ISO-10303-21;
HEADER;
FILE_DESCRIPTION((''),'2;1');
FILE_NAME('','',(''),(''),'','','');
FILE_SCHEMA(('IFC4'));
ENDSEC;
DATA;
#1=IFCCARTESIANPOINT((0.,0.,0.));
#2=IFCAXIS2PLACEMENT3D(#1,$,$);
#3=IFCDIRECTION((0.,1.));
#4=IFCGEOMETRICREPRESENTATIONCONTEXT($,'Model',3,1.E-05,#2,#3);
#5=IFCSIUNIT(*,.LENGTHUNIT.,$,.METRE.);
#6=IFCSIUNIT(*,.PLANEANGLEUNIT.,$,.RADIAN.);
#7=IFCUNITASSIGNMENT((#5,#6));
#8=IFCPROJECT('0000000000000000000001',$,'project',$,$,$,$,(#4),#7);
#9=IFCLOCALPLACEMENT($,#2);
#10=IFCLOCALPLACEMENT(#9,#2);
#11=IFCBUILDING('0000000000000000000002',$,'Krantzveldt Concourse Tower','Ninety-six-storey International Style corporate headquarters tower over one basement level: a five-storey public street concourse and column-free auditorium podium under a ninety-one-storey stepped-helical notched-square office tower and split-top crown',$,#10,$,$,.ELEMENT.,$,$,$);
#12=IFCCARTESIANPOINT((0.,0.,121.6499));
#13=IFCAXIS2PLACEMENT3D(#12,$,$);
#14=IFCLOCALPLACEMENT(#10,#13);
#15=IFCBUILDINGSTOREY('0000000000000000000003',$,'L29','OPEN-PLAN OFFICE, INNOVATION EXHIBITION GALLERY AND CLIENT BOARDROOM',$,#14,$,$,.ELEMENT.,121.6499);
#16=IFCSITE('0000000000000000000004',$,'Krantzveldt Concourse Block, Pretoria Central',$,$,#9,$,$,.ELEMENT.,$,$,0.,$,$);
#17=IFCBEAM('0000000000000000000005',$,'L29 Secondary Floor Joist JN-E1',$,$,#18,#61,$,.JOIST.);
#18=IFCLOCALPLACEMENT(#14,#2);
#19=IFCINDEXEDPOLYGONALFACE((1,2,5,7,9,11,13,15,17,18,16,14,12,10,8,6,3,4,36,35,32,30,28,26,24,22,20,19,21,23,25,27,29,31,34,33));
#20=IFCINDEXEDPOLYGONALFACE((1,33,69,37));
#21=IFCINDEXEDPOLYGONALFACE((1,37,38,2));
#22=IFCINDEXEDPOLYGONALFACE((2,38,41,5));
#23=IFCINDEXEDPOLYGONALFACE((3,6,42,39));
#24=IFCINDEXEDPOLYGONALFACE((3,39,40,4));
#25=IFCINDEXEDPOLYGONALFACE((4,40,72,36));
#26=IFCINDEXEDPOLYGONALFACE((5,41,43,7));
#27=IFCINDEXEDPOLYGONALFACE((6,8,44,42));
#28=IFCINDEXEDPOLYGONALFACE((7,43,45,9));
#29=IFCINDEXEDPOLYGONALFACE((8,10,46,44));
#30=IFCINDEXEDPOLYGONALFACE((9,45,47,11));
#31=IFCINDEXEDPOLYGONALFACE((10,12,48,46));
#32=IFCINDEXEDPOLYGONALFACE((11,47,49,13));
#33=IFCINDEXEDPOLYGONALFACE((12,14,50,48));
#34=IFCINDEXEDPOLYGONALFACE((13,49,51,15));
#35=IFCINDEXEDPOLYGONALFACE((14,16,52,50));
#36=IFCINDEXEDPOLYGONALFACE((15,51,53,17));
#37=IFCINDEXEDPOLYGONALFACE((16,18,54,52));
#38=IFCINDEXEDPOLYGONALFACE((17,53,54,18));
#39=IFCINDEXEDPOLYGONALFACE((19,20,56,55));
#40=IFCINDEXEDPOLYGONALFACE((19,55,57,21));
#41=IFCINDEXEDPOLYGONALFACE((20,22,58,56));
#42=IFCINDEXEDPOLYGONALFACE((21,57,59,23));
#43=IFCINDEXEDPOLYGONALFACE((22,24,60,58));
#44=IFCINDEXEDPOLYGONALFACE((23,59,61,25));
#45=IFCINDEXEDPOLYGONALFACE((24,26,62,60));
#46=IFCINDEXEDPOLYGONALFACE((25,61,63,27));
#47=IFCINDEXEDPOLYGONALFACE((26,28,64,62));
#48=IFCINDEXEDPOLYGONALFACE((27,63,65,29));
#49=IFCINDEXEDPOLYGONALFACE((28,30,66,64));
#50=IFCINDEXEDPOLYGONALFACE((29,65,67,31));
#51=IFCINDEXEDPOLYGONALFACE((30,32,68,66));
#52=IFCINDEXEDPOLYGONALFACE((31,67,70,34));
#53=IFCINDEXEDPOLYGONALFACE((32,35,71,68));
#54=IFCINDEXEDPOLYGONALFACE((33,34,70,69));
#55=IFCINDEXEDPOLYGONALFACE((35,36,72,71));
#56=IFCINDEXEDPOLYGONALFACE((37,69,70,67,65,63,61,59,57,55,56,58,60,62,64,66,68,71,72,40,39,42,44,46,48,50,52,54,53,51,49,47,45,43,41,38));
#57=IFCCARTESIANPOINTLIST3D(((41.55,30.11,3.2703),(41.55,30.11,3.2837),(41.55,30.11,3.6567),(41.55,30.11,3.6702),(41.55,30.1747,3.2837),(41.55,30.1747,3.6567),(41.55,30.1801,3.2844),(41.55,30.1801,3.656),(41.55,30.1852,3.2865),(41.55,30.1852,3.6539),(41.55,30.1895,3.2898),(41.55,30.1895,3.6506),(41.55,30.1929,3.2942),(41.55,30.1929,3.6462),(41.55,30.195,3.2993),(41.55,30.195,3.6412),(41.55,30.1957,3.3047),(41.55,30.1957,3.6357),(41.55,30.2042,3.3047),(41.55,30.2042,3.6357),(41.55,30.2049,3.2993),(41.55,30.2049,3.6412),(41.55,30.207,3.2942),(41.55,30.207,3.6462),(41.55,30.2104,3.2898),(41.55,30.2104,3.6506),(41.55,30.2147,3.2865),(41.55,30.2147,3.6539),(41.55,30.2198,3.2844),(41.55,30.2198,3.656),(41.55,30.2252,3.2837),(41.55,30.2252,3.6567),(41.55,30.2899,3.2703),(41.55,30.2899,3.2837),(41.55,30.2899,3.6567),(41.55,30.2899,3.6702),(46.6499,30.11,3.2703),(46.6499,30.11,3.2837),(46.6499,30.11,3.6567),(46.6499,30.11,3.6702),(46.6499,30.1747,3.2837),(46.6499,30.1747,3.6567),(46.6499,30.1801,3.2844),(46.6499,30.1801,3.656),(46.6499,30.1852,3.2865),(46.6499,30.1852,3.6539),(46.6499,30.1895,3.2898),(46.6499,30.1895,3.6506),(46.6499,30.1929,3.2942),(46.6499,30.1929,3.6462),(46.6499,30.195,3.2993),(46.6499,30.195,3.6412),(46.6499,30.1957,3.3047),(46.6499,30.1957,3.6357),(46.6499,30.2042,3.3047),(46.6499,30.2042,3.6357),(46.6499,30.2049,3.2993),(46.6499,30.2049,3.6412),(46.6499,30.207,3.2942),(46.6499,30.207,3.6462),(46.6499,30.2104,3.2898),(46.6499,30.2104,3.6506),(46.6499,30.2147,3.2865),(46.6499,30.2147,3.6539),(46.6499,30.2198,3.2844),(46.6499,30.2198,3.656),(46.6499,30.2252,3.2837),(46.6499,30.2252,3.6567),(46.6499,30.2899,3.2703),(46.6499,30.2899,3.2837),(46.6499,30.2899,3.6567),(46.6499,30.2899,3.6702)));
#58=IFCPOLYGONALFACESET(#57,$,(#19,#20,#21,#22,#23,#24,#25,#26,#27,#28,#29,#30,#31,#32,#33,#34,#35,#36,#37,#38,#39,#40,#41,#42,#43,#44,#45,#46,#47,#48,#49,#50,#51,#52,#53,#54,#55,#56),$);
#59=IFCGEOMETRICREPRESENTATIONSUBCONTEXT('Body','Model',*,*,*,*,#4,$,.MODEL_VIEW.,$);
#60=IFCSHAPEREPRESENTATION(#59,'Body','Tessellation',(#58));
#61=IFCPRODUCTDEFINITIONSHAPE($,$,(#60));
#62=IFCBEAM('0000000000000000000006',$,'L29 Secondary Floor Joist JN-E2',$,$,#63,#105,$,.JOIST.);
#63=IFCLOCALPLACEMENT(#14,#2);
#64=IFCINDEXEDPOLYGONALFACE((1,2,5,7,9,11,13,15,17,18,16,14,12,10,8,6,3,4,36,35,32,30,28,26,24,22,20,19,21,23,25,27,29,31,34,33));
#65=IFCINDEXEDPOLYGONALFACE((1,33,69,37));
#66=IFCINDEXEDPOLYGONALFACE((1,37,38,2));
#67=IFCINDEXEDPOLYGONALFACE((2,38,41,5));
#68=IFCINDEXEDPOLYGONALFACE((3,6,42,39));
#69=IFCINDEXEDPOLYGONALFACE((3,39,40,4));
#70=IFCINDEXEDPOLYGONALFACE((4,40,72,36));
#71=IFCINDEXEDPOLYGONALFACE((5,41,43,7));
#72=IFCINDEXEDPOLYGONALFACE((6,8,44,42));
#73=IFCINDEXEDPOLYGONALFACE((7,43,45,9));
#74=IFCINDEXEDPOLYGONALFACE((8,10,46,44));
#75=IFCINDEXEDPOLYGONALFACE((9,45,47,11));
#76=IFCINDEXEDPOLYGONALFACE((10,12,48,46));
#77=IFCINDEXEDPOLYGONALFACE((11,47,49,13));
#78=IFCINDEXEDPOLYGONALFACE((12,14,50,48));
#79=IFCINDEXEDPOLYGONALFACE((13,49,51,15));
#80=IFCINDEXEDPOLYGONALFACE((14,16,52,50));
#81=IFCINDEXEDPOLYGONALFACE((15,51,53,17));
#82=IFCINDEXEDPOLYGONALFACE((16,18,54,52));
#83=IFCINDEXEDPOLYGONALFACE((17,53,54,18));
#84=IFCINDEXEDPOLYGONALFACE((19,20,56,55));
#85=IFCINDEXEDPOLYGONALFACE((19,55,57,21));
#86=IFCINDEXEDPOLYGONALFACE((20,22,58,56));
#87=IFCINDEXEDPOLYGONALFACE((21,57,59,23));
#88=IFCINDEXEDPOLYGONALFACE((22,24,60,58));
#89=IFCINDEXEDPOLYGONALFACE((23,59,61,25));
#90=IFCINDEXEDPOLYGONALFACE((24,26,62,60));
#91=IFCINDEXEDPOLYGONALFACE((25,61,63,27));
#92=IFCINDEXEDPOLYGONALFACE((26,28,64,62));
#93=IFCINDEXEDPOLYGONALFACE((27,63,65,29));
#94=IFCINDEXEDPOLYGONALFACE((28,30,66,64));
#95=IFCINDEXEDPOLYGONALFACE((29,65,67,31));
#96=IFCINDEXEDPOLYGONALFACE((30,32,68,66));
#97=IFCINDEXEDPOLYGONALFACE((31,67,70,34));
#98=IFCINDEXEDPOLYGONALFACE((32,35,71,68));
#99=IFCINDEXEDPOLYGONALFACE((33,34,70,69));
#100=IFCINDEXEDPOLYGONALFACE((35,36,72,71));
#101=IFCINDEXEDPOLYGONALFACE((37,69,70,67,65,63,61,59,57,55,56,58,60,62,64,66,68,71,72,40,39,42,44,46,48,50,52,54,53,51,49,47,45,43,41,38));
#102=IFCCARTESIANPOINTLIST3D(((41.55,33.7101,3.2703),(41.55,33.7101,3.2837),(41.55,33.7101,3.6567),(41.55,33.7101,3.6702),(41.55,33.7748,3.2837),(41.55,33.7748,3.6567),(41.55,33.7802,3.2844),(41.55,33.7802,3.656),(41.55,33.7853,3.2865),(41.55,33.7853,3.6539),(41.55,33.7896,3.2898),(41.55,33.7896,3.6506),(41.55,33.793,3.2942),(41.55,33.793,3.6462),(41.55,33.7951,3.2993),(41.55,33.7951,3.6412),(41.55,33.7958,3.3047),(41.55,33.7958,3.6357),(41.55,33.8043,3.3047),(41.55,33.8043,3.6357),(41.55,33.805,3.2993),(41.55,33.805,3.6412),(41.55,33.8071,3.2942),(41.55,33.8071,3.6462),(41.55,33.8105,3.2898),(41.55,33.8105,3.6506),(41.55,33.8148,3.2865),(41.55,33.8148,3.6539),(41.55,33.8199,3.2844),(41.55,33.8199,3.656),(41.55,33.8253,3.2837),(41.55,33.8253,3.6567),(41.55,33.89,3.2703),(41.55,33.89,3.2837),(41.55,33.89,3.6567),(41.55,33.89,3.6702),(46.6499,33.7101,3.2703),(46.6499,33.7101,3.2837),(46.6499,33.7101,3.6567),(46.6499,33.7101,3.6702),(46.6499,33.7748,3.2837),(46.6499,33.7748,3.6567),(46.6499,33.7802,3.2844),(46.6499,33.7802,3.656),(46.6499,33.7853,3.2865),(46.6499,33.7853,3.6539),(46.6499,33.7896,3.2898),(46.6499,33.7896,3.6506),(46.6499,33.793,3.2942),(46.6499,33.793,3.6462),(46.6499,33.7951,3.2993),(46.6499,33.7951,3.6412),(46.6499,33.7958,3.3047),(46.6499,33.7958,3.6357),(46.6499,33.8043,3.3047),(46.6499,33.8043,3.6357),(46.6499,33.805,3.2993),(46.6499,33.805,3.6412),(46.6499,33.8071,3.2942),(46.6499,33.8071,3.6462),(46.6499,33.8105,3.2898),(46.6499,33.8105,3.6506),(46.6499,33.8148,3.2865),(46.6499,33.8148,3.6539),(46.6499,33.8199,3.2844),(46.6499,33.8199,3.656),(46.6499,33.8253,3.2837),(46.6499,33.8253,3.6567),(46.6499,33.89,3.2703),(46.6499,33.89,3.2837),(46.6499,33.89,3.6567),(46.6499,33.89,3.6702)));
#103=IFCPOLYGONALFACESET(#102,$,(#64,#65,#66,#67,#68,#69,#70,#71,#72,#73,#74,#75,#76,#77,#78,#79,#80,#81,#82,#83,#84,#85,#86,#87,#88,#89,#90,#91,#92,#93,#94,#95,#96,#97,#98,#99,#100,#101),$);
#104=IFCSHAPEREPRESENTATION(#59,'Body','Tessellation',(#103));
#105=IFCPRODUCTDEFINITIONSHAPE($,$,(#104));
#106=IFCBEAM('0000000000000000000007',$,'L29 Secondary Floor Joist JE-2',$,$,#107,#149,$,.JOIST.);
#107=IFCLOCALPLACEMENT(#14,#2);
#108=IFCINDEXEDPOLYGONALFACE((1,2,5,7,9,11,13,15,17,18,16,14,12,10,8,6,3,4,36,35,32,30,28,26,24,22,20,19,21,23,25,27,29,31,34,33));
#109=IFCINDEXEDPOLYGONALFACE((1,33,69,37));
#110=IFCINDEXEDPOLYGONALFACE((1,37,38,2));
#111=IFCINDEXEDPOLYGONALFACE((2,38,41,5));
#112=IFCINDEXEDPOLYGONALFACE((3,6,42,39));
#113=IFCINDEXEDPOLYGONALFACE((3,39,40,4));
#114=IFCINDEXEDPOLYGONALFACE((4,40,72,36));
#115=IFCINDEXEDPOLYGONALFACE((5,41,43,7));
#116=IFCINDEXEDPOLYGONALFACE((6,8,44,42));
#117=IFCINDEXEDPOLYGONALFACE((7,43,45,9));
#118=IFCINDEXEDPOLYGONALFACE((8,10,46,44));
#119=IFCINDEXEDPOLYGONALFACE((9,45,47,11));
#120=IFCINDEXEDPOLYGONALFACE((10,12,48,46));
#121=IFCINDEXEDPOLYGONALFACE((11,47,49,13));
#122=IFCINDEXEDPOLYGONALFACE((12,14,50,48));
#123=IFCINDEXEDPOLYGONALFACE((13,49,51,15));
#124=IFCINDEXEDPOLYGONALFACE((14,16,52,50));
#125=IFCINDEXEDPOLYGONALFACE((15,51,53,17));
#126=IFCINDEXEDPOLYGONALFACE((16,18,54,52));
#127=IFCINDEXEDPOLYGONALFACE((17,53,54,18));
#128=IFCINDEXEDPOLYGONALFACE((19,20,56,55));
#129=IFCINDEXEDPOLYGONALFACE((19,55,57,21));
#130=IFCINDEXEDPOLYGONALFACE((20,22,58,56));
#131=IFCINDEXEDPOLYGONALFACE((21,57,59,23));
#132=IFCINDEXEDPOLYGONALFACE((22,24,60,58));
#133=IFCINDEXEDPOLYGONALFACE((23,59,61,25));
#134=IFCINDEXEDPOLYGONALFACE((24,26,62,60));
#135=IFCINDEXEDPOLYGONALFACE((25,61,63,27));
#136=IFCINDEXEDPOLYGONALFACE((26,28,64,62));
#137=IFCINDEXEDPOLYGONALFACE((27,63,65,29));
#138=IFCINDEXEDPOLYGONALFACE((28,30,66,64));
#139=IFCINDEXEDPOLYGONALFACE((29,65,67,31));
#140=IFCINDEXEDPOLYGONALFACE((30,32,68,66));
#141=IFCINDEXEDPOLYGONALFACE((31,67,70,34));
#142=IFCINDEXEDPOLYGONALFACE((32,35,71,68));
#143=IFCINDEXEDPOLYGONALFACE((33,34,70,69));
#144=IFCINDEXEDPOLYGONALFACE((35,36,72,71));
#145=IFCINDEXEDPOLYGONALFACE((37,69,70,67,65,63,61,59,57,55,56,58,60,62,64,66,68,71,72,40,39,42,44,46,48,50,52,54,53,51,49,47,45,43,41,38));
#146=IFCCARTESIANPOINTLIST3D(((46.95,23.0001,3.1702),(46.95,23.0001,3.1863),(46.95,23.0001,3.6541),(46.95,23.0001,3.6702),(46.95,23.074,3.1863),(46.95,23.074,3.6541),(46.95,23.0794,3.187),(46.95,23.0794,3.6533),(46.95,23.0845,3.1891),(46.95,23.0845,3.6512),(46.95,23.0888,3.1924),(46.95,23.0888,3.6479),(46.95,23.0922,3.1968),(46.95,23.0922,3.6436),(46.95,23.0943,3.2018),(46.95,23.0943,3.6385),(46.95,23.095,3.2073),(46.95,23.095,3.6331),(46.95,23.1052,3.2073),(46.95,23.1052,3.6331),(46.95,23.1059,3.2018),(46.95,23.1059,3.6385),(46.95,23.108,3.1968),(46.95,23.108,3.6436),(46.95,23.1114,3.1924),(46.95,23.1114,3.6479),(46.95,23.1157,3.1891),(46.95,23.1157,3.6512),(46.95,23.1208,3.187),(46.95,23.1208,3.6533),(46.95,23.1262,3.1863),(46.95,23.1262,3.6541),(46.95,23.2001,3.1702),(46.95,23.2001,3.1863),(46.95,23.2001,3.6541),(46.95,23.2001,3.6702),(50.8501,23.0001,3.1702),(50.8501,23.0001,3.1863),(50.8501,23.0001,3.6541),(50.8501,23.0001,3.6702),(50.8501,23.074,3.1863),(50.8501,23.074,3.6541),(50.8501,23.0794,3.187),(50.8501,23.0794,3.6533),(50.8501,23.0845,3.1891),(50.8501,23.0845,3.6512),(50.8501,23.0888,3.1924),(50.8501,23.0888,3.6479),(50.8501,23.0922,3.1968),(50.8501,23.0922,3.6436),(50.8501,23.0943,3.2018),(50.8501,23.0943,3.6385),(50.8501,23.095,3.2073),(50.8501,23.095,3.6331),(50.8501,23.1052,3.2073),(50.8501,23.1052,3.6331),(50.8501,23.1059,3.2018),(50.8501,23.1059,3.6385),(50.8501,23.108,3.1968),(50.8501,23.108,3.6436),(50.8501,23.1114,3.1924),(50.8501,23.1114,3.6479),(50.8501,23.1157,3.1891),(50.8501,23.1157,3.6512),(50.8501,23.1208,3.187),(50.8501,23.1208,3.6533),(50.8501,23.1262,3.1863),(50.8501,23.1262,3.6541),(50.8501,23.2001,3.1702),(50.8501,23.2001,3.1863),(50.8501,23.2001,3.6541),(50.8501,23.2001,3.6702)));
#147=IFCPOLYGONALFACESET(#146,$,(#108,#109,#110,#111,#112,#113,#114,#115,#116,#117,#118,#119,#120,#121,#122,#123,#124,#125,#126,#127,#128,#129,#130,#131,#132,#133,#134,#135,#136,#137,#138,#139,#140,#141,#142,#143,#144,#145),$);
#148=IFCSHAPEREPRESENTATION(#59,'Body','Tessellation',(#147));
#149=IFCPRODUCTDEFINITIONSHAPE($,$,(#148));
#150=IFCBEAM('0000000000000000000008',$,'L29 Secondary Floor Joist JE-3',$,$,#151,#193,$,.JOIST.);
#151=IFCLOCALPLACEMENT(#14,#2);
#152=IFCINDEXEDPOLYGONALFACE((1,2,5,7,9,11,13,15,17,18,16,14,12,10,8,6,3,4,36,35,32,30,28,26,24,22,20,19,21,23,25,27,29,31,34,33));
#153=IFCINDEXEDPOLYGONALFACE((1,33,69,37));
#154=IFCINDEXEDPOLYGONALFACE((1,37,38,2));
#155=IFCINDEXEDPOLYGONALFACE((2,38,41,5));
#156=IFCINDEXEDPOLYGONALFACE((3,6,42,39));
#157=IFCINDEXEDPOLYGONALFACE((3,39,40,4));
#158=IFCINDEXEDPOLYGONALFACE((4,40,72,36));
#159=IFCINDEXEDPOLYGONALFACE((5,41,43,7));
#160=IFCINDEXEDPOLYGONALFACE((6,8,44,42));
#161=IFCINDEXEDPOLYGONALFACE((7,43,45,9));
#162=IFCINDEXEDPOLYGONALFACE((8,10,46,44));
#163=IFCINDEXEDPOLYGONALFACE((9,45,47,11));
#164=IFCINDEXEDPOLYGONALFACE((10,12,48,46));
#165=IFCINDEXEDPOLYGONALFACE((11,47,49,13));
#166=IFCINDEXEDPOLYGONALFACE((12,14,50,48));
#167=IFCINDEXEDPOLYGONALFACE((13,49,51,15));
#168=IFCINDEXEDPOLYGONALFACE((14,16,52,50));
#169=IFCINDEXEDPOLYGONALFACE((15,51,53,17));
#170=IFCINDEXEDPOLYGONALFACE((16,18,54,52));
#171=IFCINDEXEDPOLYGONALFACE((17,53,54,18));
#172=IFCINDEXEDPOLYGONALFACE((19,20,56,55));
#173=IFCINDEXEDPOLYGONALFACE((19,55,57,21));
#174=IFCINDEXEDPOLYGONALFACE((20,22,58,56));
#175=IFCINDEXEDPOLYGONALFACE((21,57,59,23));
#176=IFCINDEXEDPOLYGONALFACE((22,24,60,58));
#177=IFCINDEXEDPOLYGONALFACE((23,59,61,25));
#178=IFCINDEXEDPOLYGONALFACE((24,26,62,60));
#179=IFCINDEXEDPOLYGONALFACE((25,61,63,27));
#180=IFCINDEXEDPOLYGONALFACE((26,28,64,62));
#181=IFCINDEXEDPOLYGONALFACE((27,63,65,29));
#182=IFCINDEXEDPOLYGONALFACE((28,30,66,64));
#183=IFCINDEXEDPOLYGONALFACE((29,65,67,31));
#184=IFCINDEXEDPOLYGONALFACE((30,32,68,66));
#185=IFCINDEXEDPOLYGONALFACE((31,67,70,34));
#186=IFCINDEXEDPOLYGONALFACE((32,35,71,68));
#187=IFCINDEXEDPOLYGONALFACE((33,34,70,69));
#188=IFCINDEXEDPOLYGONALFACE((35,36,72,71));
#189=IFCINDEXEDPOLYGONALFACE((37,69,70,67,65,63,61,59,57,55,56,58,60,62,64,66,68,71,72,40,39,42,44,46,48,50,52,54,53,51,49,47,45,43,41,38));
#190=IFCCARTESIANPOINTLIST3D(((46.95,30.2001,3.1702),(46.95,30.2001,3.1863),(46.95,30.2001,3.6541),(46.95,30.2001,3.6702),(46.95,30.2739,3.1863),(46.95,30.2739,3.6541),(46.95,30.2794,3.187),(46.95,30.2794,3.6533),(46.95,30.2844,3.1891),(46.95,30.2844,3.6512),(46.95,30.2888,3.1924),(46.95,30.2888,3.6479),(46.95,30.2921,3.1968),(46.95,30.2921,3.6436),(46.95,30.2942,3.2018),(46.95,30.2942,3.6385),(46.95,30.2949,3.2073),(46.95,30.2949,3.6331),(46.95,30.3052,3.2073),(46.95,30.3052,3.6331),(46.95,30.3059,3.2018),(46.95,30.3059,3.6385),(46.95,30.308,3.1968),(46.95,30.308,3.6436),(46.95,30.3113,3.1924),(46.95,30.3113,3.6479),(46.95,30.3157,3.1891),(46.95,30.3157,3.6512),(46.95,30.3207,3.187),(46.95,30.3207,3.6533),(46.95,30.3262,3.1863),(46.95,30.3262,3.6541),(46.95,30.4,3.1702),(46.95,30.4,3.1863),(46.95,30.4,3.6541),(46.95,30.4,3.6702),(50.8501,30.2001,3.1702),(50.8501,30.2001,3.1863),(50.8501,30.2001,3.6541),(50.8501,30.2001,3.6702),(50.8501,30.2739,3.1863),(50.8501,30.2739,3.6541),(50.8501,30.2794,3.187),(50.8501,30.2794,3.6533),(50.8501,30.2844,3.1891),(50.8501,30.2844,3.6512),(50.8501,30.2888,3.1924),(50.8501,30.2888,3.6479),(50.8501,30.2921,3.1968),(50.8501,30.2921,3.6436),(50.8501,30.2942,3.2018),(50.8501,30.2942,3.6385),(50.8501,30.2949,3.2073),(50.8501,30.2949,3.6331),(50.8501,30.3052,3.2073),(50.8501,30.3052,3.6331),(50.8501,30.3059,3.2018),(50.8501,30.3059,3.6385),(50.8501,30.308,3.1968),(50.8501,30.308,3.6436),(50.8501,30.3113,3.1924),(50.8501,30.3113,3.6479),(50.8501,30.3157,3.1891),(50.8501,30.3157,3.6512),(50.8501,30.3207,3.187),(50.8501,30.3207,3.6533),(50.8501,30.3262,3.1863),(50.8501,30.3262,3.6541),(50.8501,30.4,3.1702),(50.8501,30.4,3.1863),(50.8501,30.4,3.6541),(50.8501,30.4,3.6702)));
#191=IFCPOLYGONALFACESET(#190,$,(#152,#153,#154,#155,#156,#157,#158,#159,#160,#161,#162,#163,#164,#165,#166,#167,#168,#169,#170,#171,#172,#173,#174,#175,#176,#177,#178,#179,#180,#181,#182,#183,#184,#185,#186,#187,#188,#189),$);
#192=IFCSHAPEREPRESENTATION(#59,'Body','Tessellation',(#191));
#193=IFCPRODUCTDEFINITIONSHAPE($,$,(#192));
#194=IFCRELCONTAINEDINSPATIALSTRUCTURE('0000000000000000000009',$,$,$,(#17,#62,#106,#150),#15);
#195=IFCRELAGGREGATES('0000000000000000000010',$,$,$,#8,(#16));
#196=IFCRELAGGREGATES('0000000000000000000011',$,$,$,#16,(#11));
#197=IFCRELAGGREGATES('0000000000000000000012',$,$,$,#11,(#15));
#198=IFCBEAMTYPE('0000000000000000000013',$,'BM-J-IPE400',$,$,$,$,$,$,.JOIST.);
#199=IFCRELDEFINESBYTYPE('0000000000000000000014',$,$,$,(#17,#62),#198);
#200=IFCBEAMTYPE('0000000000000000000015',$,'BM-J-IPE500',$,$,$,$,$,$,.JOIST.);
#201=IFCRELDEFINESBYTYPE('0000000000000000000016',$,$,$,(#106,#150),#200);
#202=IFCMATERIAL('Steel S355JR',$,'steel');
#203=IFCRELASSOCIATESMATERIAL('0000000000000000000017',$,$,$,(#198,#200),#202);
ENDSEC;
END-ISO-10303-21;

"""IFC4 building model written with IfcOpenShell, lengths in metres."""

from ifc_helpers import new_model, si_unit, direction, frame, origin, origin_2d, place, context, subcontext, project, spatial, i_section, extrude, source, transform, mapped, material, material_profile, profile_set, type_object, type_shapes, element, save


model = new_model("IFC4")

# Units and contexts
model_context = context("Model", 3, precision=1e-05, world=origin(), true_north=direction((0.0, 1.0)))
body_context = subcontext(model_context, "Body", "Model", "MODEL_VIEW")
ifc_project = project(units=[si_unit("LENGTHUNIT", "METRE"), si_unit("PLANEANGLEUNIT", "RADIAN")], contexts=[model_context])

# Site, building, storey
site_placement = place(None, origin())
site = spatial("IfcSite", under=ifc_project, at=site_placement, Name="Krantzveldt Concourse Block, Pretoria Central", CompositionType="ELEMENT", RefElevation=0.0)
building_placement = place(site_placement, origin())
building = spatial("IfcBuilding", under=site, at=building_placement, Name="Krantzveldt Concourse Tower", Description="Ninety-six-storey International Style corporate headquarters tower over one basement level: a five-storey public street concourse and column-free auditorium podium under a ninety-one-storey stepped-helical notched-square office tower and split-top crown", CompositionType="ELEMENT")
storey_placement = place(building_placement, frame((0.0, 0.0, 121.6499)))
storey = spatial("IfcBuildingStorey", under=building, at=storey_placement, Name="L29", Description="OPEN-PLAN OFFICE, INNOVATION EXHIBITION GALLERY AND CLIENT BOARDROOM", CompositionType="ELEMENT", Elevation=121.6499)

# Beams
ifc_material_1 = material(Name="Steel S355JR", Category="steel")
ifc_material_profile_1 = material_profile(ifc_material_1, i_section(OverallWidth=0.1799, OverallDepth=0.3999, WebThickness=0.0085, FlangeThickness=0.0134, FilletRadius=0.021, at=origin_2d()), Name="Steel S355JR", Category="steel")
ifc_profile_set_1 = profile_set([ifc_material_profile_1], Name="Steel S355JR - IPE 400")
beam_type_1 = type_object("IfcBeamType", Name="BM-J-IPE400", PredefinedType="JOIST", material=ifc_profile_set_1)
shared_shape_1 = source(origin(), body_context, "Body", "SweptSolid", [
    extrude(i_section(OverallWidth=0.1799, OverallDepth=0.3999, WebThickness=0.0085, FlangeThickness=0.0134, FilletRadius=0.021, at=origin_2d()), origin(), (0.0, 0.0, 1.0), 5.0999),
])
type_shapes(beam_type_1, [shared_shape_1])
for number, where, z_axis, x_axis, name in (
    (1, (41.55, 30.2, 3.4702), (1.0, 0.0, 0.0), (0.0, 1.0, 0.0), "L29 Secondary Floor Joist JN-E1"),
    (2, (41.55, 33.8, 3.4702), (1.0, 0.0, 0.0), (0.0, 1.0, 0.0), "L29 Secondary Floor Joist JN-E2"),
):
    element("IfcBeam", number, at=place(storey_placement, frame(where, z_axis=z_axis, x_axis=x_axis)), inside=storey, type_object=beam_type_1, Name=name, PredefinedType="JOIST", context=body_context, shape_type="MappedRepresentation", body=[
        mapped(shared_shape_1, transform((0.0, 0.0, 0.0), x_axis=(1.0, 0.0, 0.0), y_axis=(0.0, 1.0, 0.0), z_axis=(0.0, 0.0, 1.0), scale=1.0)),
    ])
ifc_material_profile_2 = material_profile(ifc_material_1, i_section(OverallWidth=0.2, OverallDepth=0.5, WebThickness=0.0103, FlangeThickness=0.0161, FilletRadius=0.021, at=origin_2d()), Name="Steel S355JR", Category="steel")
ifc_profile_set_2 = profile_set([ifc_material_profile_2], Name="Steel S355JR - IPE 500")
beam_type_2 = type_object("IfcBeamType", Name="BM-J-IPE500", PredefinedType="JOIST", material=ifc_profile_set_2)
shared_shape_2 = source(origin(), body_context, "Body", "SweptSolid", [
    extrude(i_section(OverallWidth=0.2, OverallDepth=0.5, WebThickness=0.0103, FlangeThickness=0.0161, FilletRadius=0.021, at=origin_2d()), origin(), (0.0, 0.0, 1.0), 3.9001),
])
type_shapes(beam_type_2, [shared_shape_2])
for number, where, z_axis, x_axis, name in (
    (3, (46.95, 23.1001, 3.4202), (1.0, 0.0, 0.0), (0.0, 1.0, 0.0), "L29 Secondary Floor Joist JE-2"),
    (4, (46.95, 30.3, 3.4202), (1.0, 0.0, 0.0), (0.0, 1.0, 0.0), "L29 Secondary Floor Joist JE-3"),
):
    element("IfcBeam", number, at=place(storey_placement, frame(where, z_axis=z_axis, x_axis=x_axis)), inside=storey, type_object=beam_type_2, Name=name, PredefinedType="JOIST", context=body_context, shape_type="MappedRepresentation", body=[
        mapped(shared_shape_2, transform((0.0, 0.0, 0.0), x_axis=(1.0, 0.0, 0.0), y_axis=(0.0, 1.0, 0.0), z_axis=(0.0, 0.0, 1.0), scale=1.0)),
    ])

save(model, "model.ifc")
